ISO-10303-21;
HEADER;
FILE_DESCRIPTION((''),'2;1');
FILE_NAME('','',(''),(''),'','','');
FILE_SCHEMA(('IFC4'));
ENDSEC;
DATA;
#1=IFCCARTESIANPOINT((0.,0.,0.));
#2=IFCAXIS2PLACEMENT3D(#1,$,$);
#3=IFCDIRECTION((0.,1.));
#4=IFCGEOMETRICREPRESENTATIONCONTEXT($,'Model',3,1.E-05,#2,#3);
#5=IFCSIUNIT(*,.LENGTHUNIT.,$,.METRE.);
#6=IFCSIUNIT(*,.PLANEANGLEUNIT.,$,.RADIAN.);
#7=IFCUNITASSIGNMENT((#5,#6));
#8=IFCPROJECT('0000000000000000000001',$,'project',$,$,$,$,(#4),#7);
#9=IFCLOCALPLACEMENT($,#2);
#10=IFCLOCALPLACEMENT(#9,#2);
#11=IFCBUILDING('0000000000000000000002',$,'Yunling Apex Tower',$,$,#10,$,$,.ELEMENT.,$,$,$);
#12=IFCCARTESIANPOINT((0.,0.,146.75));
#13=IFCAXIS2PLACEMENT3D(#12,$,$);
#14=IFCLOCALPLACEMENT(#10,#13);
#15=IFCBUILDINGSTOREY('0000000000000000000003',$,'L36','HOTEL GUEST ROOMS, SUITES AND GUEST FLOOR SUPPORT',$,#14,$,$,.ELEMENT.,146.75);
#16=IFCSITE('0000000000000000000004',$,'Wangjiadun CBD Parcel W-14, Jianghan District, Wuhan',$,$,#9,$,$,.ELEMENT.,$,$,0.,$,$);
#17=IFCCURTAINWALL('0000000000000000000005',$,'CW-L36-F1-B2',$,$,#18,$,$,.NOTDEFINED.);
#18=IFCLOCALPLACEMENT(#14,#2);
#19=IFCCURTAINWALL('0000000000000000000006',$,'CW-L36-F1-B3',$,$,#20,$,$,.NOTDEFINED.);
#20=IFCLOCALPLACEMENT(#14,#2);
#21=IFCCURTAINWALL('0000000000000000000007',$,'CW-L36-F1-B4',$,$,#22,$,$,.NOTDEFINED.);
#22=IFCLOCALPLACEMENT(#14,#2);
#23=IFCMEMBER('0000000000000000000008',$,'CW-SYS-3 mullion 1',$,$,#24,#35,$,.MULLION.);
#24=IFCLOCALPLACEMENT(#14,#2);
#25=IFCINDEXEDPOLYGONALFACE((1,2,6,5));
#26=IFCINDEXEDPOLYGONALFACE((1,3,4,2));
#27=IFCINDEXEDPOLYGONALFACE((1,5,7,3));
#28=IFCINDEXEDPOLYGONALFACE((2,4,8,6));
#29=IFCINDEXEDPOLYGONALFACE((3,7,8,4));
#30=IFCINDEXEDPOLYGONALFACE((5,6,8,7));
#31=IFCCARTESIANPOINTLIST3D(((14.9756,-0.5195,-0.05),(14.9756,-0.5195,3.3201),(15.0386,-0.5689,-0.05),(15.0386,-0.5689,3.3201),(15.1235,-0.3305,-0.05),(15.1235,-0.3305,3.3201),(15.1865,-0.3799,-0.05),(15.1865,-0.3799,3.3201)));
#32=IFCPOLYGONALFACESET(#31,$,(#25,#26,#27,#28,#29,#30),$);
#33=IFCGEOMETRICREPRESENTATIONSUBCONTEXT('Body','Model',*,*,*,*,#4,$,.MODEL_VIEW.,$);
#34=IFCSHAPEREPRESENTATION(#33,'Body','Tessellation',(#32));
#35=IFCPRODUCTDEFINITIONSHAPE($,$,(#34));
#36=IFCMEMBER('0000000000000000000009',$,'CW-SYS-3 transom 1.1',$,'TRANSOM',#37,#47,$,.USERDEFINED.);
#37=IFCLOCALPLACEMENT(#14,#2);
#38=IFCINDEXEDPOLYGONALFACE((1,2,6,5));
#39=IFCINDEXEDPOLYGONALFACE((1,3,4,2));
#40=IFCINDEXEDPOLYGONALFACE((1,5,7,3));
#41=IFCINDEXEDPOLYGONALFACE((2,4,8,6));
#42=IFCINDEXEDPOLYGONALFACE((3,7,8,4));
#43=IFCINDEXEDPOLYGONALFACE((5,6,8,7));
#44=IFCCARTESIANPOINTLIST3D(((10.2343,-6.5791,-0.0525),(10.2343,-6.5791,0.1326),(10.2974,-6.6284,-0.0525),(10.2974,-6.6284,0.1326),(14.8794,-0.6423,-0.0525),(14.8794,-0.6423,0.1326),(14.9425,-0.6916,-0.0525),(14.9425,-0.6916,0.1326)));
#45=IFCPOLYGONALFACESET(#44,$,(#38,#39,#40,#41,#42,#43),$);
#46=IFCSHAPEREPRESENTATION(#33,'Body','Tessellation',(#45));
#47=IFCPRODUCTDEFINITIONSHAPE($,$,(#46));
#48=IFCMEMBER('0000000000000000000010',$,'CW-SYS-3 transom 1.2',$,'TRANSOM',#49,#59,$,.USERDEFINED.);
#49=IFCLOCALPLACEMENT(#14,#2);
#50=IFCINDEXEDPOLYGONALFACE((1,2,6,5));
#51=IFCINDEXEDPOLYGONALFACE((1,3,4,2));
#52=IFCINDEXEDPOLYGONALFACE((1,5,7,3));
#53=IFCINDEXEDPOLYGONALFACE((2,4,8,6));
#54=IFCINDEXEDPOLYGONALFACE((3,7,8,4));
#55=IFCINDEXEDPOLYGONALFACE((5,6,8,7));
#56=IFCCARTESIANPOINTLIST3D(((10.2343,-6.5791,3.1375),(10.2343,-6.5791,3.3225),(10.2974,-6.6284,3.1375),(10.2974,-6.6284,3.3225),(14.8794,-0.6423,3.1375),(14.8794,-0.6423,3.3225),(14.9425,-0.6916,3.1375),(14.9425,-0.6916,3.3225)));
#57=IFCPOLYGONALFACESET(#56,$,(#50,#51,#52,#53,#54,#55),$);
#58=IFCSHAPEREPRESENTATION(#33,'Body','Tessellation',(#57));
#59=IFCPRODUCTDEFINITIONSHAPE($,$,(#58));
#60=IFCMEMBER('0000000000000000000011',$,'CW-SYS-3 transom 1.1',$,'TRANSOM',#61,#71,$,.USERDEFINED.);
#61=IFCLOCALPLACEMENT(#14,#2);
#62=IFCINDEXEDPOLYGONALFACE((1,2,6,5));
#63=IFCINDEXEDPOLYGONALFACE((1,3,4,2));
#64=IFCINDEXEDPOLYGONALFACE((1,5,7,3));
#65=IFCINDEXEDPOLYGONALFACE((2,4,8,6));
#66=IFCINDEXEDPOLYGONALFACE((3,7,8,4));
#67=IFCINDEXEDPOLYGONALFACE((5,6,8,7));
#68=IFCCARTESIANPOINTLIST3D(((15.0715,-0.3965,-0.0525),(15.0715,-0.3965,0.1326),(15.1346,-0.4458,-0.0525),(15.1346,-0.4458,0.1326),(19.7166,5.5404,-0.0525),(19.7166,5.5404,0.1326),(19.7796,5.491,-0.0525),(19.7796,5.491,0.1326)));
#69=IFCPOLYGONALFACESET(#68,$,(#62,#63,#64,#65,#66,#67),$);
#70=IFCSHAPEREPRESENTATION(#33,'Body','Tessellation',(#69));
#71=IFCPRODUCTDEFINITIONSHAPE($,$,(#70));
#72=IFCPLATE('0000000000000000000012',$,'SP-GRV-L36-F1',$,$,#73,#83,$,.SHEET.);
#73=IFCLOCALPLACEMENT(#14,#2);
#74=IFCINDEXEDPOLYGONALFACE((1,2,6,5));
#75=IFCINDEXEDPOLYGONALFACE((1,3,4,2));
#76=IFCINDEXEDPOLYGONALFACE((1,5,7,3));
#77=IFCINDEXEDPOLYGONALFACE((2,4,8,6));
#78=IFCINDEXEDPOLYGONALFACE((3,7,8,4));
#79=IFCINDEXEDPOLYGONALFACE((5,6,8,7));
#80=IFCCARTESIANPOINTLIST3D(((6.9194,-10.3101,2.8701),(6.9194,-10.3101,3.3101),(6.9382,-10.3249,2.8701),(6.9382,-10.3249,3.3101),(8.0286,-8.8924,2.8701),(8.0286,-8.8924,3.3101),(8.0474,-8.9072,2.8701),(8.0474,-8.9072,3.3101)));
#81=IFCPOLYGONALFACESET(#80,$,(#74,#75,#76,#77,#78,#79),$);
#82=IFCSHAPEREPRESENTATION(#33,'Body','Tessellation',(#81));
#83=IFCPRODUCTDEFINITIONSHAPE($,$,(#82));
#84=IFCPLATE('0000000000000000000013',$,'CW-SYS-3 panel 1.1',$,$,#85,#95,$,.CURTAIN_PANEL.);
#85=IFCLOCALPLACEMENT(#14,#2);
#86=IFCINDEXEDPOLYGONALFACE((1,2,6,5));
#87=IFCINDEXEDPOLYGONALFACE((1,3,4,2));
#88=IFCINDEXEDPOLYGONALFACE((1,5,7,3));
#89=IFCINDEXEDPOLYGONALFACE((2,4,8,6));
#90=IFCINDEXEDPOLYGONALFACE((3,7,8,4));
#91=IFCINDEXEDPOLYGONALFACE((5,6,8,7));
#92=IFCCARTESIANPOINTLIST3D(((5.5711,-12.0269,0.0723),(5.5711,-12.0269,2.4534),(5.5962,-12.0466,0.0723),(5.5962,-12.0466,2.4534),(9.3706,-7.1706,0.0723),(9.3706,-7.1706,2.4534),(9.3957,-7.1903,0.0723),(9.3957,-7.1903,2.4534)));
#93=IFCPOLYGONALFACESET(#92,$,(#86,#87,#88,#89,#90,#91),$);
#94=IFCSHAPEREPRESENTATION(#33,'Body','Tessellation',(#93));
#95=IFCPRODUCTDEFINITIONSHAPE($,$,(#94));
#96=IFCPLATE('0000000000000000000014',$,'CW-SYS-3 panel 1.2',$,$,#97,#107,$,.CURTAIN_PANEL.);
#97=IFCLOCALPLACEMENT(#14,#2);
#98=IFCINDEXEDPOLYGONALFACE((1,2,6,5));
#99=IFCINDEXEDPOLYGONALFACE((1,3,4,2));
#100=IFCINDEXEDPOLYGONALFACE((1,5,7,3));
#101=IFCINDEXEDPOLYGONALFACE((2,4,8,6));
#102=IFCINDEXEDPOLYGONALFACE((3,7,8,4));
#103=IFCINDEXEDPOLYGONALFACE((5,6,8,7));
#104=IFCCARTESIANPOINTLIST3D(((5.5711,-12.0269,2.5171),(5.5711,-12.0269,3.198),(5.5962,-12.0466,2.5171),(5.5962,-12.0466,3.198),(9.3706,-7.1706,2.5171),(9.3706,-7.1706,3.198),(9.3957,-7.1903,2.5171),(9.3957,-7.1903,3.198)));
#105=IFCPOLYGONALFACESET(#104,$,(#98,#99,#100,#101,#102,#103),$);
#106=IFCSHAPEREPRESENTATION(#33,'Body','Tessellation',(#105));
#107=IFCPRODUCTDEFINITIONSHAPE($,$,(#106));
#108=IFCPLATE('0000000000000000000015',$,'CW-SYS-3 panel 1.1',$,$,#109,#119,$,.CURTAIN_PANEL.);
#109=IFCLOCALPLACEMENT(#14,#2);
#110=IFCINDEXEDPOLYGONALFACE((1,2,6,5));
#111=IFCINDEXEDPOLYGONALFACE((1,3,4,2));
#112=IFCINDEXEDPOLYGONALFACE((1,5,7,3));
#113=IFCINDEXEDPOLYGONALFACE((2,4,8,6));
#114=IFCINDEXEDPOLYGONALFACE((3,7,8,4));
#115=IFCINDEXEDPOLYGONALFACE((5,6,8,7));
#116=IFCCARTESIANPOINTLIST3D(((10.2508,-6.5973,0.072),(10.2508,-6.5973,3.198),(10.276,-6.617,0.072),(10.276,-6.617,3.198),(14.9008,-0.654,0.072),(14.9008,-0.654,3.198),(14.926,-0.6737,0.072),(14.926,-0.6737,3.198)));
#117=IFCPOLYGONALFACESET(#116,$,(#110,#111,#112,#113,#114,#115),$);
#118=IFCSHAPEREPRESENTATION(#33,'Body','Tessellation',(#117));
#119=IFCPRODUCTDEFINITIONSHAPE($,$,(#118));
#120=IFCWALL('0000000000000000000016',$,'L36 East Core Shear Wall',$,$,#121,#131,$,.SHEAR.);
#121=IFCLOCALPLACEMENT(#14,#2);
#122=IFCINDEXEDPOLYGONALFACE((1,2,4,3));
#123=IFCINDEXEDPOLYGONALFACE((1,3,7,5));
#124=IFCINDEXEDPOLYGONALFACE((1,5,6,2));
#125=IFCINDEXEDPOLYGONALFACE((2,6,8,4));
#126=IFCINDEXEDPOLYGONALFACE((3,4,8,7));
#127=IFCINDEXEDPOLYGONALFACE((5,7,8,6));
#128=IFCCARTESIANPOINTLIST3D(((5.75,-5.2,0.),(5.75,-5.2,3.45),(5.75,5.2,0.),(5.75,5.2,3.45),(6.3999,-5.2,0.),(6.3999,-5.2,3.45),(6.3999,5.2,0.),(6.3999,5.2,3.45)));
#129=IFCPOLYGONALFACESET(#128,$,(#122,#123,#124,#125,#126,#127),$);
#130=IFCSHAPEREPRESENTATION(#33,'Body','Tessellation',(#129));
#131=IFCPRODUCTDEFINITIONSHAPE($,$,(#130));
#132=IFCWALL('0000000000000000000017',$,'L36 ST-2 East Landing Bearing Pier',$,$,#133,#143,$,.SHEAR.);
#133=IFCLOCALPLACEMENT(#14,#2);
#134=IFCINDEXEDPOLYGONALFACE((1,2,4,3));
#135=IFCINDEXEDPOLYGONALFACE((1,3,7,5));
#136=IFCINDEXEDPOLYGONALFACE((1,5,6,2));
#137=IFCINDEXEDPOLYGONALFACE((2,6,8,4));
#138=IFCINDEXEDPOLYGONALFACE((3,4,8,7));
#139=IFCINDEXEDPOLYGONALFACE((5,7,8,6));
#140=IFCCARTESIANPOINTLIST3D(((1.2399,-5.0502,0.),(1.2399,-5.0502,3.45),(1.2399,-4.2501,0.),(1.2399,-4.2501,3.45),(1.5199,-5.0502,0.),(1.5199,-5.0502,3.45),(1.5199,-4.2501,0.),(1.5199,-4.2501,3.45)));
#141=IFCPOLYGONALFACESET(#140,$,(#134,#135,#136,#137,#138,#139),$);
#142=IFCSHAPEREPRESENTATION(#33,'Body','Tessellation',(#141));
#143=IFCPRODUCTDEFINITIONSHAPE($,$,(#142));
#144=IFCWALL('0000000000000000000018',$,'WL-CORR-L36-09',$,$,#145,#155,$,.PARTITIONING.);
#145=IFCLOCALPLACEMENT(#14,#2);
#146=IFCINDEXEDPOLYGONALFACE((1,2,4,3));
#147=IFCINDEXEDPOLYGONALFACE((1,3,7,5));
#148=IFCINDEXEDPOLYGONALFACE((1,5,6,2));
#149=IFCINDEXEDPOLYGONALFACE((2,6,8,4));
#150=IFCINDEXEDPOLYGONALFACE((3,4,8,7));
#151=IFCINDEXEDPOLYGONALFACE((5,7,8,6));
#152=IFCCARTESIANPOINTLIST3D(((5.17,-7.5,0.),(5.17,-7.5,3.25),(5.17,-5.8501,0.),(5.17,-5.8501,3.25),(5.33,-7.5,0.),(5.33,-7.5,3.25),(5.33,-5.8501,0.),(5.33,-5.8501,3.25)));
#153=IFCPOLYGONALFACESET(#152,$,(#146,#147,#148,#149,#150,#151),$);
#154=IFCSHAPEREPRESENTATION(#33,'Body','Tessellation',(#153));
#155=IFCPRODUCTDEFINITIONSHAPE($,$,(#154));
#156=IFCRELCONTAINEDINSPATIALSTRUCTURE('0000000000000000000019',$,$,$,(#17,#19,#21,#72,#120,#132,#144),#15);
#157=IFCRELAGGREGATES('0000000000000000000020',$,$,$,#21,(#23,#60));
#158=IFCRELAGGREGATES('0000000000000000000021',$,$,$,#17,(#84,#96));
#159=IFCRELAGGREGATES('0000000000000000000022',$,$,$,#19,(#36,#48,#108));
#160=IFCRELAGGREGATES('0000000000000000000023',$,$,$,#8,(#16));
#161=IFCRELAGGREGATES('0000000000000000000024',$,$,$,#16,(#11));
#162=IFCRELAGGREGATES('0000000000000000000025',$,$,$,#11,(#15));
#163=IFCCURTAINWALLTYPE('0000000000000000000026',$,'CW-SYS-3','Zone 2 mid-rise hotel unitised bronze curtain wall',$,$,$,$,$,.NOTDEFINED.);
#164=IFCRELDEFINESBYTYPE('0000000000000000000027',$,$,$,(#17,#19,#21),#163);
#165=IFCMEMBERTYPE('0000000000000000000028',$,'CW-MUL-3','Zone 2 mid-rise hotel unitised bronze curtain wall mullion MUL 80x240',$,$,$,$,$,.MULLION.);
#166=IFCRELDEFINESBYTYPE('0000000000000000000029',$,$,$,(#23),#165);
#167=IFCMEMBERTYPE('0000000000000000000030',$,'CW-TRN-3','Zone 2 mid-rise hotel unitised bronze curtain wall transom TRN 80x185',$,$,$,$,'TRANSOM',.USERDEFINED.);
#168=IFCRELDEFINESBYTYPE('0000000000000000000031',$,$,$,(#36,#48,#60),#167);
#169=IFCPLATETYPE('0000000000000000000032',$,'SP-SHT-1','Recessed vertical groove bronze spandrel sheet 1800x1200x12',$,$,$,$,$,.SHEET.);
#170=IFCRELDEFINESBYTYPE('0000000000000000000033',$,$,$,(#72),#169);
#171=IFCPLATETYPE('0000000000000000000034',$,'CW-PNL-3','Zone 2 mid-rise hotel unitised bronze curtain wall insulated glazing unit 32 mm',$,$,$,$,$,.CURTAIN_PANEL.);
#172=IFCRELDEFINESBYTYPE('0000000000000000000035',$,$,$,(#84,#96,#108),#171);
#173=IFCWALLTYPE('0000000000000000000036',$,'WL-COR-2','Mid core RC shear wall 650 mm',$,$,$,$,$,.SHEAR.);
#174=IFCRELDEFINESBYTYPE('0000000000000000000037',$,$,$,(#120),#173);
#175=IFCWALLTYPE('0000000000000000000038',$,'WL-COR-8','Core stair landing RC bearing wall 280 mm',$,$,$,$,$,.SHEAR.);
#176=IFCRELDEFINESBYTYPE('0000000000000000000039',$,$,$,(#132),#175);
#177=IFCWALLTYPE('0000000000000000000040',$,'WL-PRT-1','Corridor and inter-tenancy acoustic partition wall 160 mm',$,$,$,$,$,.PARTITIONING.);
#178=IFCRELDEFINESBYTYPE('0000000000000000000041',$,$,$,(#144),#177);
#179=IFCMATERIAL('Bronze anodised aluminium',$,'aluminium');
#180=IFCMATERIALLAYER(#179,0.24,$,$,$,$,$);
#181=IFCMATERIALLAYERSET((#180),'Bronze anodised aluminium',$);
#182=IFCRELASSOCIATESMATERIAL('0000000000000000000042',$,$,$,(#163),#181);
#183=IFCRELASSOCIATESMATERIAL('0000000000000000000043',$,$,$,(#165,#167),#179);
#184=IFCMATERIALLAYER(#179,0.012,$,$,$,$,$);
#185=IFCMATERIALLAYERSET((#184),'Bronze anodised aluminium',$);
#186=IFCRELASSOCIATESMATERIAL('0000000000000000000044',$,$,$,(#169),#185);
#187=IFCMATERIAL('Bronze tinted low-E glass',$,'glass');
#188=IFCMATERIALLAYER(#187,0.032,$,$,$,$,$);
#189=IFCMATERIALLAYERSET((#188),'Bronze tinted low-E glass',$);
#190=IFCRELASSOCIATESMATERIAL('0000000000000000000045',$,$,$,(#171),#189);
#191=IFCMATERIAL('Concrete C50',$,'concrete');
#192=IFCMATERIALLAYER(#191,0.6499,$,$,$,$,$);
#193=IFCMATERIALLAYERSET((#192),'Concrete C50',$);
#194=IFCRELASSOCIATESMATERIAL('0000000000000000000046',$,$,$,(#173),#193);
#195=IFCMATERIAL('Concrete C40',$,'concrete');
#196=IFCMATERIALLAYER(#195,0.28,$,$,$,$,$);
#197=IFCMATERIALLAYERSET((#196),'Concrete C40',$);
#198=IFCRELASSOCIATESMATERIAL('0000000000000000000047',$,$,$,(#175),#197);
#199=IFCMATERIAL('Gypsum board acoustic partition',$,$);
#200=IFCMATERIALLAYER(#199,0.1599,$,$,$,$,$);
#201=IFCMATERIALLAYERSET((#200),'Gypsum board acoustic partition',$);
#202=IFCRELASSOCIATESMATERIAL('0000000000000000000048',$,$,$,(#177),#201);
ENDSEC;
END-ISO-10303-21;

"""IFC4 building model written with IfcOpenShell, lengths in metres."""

from ifc_helpers import new_model, si_unit, direction, frame, frame_2d, origin, origin_2d, place, context, subcontext, project, spatial, rectangle, extrude, source, transform, mapped, material, layer, layer_set, material_profile, profile_set, type_object, element, aggregate, save


model = new_model("IFC4")

# Units and contexts
model_context = context("Model", 3, precision=1e-05, world=origin(), true_north=direction((0.0, 1.0)))
body_context = subcontext(model_context, "Body", "Model", "MODEL_VIEW")
ifc_project = project(units=[si_unit("LENGTHUNIT", "METRE"), si_unit("PLANEANGLEUNIT", "RADIAN")], contexts=[model_context])

# Site, building, storey
site_placement = place(None, origin())
site = spatial("IfcSite", under=ifc_project, at=site_placement, Name="Wangjiadun CBD Parcel W-14, Jianghan District, Wuhan", CompositionType="ELEMENT", RefElevation=0.0)
building_placement = place(site_placement, origin())
building = spatial("IfcBuilding", under=site, at=building_placement, Name="Yunling Apex Tower", CompositionType="ELEMENT")
storey_placement = place(building_placement, frame((0.0, 0.0, 146.75)))
storey = spatial("IfcBuildingStorey", under=building, at=storey_placement, Name="L36", Description="HOTEL GUEST ROOMS, SUITES AND GUEST FLOOR SUPPORT", CompositionType="ELEMENT", Elevation=146.75)

# Curtain wall
ifc_material_1 = material(Name="Bronze anodised aluminium", Category="aluminium")
ifc_layer_1 = layer(ifc_material_1, 0.24)
ifc_layer_set_1 = layer_set([ifc_layer_1], Name="Bronze anodised aluminium")
curtain_wall_type = type_object("IfcCurtainWallType", Name="CW-SYS-3", Description="Zone 2 mid-rise hotel unitised bronze curtain wall", PredefinedType="NOTDEFINED", material=ifc_layer_set_1)
curtain_wall_1_placement = place(storey_placement, origin())
curtain_wall_1 = element("IfcCurtainWall", 1, at=curtain_wall_1_placement, inside=storey, type_object=curtain_wall_type, Name="CW-L36-F1-B2", PredefinedType="NOTDEFINED")
ifc_material_profile_1 = material_profile(ifc_material_1, rectangle(XDim=0.0801, YDim=0.24, at=origin_2d()))
ifc_profile_set_1 = profile_set([ifc_material_profile_1], Name="Bronze anodised aluminium")
member_type_1 = type_object("IfcMemberType", Name="CW-MUL-3", Description="Zone 2 mid-rise hotel unitised bronze curtain wall mullion MUL 80x240", PredefinedType="MULLION", material=ifc_profile_set_1)
shared_shape_1 = source(origin(), body_context, "Body", "SweptSolid", [
    extrude(rectangle(XDim=0.0801, YDim=0.24, at=origin_2d()), origin(), (0.0, 0.0, 1.0), 3.3701),
])

# Curtain wall
curtain_wall_2_placement = place(storey_placement, origin())
curtain_wall_2 = element("IfcCurtainWall", 2, at=curtain_wall_2_placement, inside=storey, type_object=curtain_wall_type, Name="CW-L36-F1-B3", PredefinedType="NOTDEFINED")

# Curtain wall, member
curtain_wall_3_placement = place(storey_placement, origin())
curtain_wall_3 = element("IfcCurtainWall", 3, at=curtain_wall_3_placement, inside=storey, type_object=curtain_wall_type, Name="CW-L36-F1-B4", PredefinedType="NOTDEFINED")
member_1_placement = place(storey_placement, frame((15.0811, -0.4497, -0.05), z_axis=(0.0, 0.0, 1.0), x_axis=(-0.787584, 0.616208, 0.0)))
member_1 = element("IfcMember", 4, at=member_1_placement, type_object=member_type_1, Name="CW-SYS-3 mullion 1", PredefinedType="MULLION", context=body_context, shape_type="MappedRepresentation", body=[
    mapped(shared_shape_1, transform((0.0, 0.0, 0.0), scale=1.0)),
])

# Members
ifc_material_profile_2 = material_profile(ifc_material_1, rectangle(XDim=0.0801, YDim=0.1851, at=origin_2d()))
ifc_profile_set_2 = profile_set([ifc_material_profile_2], Name="Bronze anodised aluminium")
member_type_2 = type_object("IfcMemberType", Name="CW-TRN-3", Description="Zone 2 mid-rise hotel unitised bronze curtain wall transom TRN 80x185", ElementType="TRANSOM", PredefinedType="USERDEFINED", material=ifc_profile_set_2)
shared_shape_2 = source(origin(), body_context, "Body", "SweptSolid", [
    extrude(rectangle(XDim=0.0801, YDim=0.1851, at=origin_2d()), origin(), (0.0, 0.0, 1.0), 7.5381),
])
member_2_placement = place(storey_placement, frame((10.2659, -6.6038, 0.04), z_axis=(0.616214, 0.787579, 0.0), x_axis=(-0.787579, 0.616214, 0.0)))
member_2 = element("IfcMember", 5, at=member_2_placement, type_object=member_type_2, Name="CW-SYS-3 transom 1.1", ObjectType="TRANSOM", PredefinedType="USERDEFINED", context=body_context, shape_type="MappedRepresentation", body=[
    mapped(shared_shape_2, transform((0.0, 0.0, 0.0), scale=1.0)),
])
member_3_placement = place(storey_placement, frame((10.2659, -6.6038, 3.23), z_axis=(0.616214, 0.787579, 0.0), x_axis=(-0.787579, 0.616214, 0.0)))
member_3 = element("IfcMember", 6, at=member_3_placement, type_object=member_type_2, Name="CW-SYS-3 transom 1.2", ObjectType="TRANSOM", PredefinedType="USERDEFINED", context=body_context, shape_type="MappedRepresentation", body=[
    mapped(shared_shape_2, transform((0.0, 0.0, 0.0), scale=1.0)),
])
member_4_placement = place(storey_placement, frame((15.103, -0.4211, 0.04), z_axis=(0.616214, 0.787579, 0.0), x_axis=(-0.787579, 0.616214, 0.0)))
member_4 = element("IfcMember", 7, at=member_4_placement, type_object=member_type_2, Name="CW-SYS-3 transom 1.1", ObjectType="TRANSOM", PredefinedType="USERDEFINED", context=body_context, shape_type="MappedRepresentation", body=[
    mapped(shared_shape_2, transform((0.0, 0.0, 0.0), scale=1.0)),
])
aggregate(curtain_wall_3, [member_1, member_4])

# Plates
ifc_layer_2 = layer(ifc_material_1, 0.012)
ifc_layer_set_2 = layer_set([ifc_layer_2], Name="Bronze anodised aluminium")
plate_type_1 = type_object("IfcPlateType", Name="SP-SHT-1", Description="Recessed vertical groove bronze spandrel sheet 1800x1200x12", PredefinedType="SHEET", material=ifc_layer_set_2)
shared_shape_3 = source(origin(), body_context, "Body", "SweptSolid", [
    extrude(rectangle(XDim=1.8, YDim=0.0239, at=origin_2d()), origin(), (0.0, 0.0, 1.0), 0.4399),
])
plate_1_placement = place(storey_placement, frame((7.4834, -9.6086, 2.8701), z_axis=(0.0, 0.0, 1.0), x_axis=(0.616211, 0.787581, 0.0)))
element("IfcPlate", 8, at=plate_1_placement, inside=storey, type_object=plate_type_1, Name="SP-GRV-L36-F1", PredefinedType="SHEET", context=body_context, shape_type="MappedRepresentation", body=[
    mapped(shared_shape_3, transform((0.0, 0.0, 0.0), scale=1.0)),
])
ifc_material_2 = material(Name="Bronze tinted low-E glass", Category="glass")
ifc_layer_3 = layer(ifc_material_2, 0.032)
ifc_layer_set_3 = layer_set([ifc_layer_3], Name="Bronze tinted low-E glass")
plate_type_2 = type_object("IfcPlateType", Name="CW-PNL-3", Description="Zone 2 mid-rise hotel unitised bronze curtain wall insulated glazing unit 32 mm", PredefinedType="CURTAIN_PANEL", material=ifc_layer_set_3)
shared_shape_4 = source(origin(), body_context, "Body", "SweptSolid", [
    extrude(rectangle(XDim=6.166, YDim=0.032, at=origin_2d()), origin(), (0.0, 0.0, 1.0), 2.3811),
])
plate_2_placement = place(storey_placement, frame((7.4834, -9.6086, 0.0723), z_axis=(0.0, 0.0, 1.0), x_axis=(0.616199, 0.78759, 0.0)))
plate_2 = element("IfcPlate", 9, at=plate_2_placement, type_object=plate_type_2, Name="CW-SYS-3 panel 1.1", PredefinedType="CURTAIN_PANEL", context=body_context, shape_type="MappedRepresentation", body=[
    mapped(shared_shape_4, transform((0.0, 0.0, 0.0), scale=1.0)),
])
shared_shape_5 = source(origin(), body_context, "Body", "SweptSolid", [
    extrude(rectangle(XDim=6.166, YDim=0.032, at=origin_2d()), origin(), (0.0, 0.0, 1.0), 0.6809),
])
plate_3_placement = place(storey_placement, frame((7.4834, -9.6086, 2.5171), z_axis=(0.0, 0.0, 1.0), x_axis=(0.616199, 0.78759, 0.0)))
plate_3 = element("IfcPlate", 10, at=plate_3_placement, type_object=plate_type_2, Name="CW-SYS-3 panel 1.2", PredefinedType="CURTAIN_PANEL", context=body_context, shape_type="MappedRepresentation", body=[
    mapped(shared_shape_5, transform((0.0, 0.0, 0.0), scale=1.0)),
])
aggregate(curtain_wall_1, [plate_2, plate_3])
shared_shape_6 = source(origin(), body_context, "Body", "SweptSolid", [
    extrude(rectangle(XDim=7.5461, YDim=0.032, at=origin_2d()), origin(), (0.0, 0.0, 1.0), 3.126),
])
plate_4_placement = place(storey_placement, frame((12.5884, -3.6355, 0.072), z_axis=(0.0, 0.0, 1.0), x_axis=(0.616208, 0.787584, 0.0)))
plate_4 = element("IfcPlate", 11, at=plate_4_placement, type_object=plate_type_2, Name="CW-SYS-3 panel 1.1", PredefinedType="CURTAIN_PANEL", context=body_context, shape_type="MappedRepresentation", body=[
    mapped(shared_shape_6, transform((0.0, 0.0, 0.0), scale=1.0)),
])
aggregate(curtain_wall_2, [member_2, member_3, plate_4])

# Walls
ifc_material_3 = material(Name="Concrete C50", Category="concrete")
ifc_layer_4 = layer(ifc_material_3, 0.6499)
ifc_layer_set_4 = layer_set([ifc_layer_4], Name="Concrete C50")
wall_type_1 = type_object("IfcWallType", Name="WL-COR-2", Description="Mid core RC shear wall 650 mm", PredefinedType="SHEAR", material=ifc_layer_set_4)
wall_1_placement = place(storey_placement, frame((6.075, -5.2, 0.0), z_axis=(0.0, 0.0, 1.0), x_axis=(0.0, 1.0, 0.0)))
element("IfcWall", 12, at=wall_1_placement, inside=storey, type_object=wall_type_1, Name="L36 East Core Shear Wall", PredefinedType="SHEAR", context=body_context, shape_type="SweptSolid", body=[
    extrude(rectangle(XDim=10.3999, YDim=0.6499, at=frame_2d((5.2, 0.0))), origin(), (0.0, 0.0, 1.0), 3.45),
])
ifc_material_4 = material(Name="Concrete C40", Category="concrete")
ifc_layer_5 = layer(ifc_material_4, 0.28)
ifc_layer_set_5 = layer_set([ifc_layer_5], Name="Concrete C40")
wall_type_2 = type_object("IfcWallType", Name="WL-COR-8", Description="Core stair landing RC bearing wall 280 mm", PredefinedType="SHEAR", material=ifc_layer_set_5)
wall_2_placement = place(storey_placement, frame((1.3799, -5.05, 0.0), z_axis=(0.0, 0.0, 1.0), x_axis=(0.0, 1.0, 0.0)))
element("IfcWall", 13, at=wall_2_placement, inside=storey, type_object=wall_type_2, Name="L36 ST-2 East Landing Bearing Pier", PredefinedType="SHEAR", context=body_context, shape_type="SweptSolid", body=[
    extrude(rectangle(XDim=0.8, YDim=0.28, at=frame_2d((0.3999, 0.0))), origin(), (0.0, 0.0, 1.0), 3.45),
])
ifc_material_5 = material(Name="Gypsum board acoustic partition")
ifc_layer_6 = layer(ifc_material_5, 0.1599)
ifc_layer_set_6 = layer_set([ifc_layer_6], Name="Gypsum board acoustic partition")
wall_type_3 = type_object("IfcWallType", Name="WL-PRT-1", Description="Corridor and inter-tenancy acoustic partition wall 160 mm", PredefinedType="PARTITIONING", material=ifc_layer_set_6)
wall_3_placement = place(storey_placement, frame((5.25, -5.8501, 0.0), z_axis=(0.0, 0.0, 1.0), x_axis=(0.0, -1.0, 0.0)))
element("IfcWall", 14, at=wall_3_placement, inside=storey, type_object=wall_type_3, Name="WL-CORR-L36-09", PredefinedType="PARTITIONING", context=body_context, shape_type="SweptSolid", body=[
    extrude(rectangle(XDim=1.6499, YDim=0.1599, at=frame_2d((0.825, 0.0))), origin(), (0.0, 0.0, 1.0), 3.25),
])

save(model, "model.ifc")
